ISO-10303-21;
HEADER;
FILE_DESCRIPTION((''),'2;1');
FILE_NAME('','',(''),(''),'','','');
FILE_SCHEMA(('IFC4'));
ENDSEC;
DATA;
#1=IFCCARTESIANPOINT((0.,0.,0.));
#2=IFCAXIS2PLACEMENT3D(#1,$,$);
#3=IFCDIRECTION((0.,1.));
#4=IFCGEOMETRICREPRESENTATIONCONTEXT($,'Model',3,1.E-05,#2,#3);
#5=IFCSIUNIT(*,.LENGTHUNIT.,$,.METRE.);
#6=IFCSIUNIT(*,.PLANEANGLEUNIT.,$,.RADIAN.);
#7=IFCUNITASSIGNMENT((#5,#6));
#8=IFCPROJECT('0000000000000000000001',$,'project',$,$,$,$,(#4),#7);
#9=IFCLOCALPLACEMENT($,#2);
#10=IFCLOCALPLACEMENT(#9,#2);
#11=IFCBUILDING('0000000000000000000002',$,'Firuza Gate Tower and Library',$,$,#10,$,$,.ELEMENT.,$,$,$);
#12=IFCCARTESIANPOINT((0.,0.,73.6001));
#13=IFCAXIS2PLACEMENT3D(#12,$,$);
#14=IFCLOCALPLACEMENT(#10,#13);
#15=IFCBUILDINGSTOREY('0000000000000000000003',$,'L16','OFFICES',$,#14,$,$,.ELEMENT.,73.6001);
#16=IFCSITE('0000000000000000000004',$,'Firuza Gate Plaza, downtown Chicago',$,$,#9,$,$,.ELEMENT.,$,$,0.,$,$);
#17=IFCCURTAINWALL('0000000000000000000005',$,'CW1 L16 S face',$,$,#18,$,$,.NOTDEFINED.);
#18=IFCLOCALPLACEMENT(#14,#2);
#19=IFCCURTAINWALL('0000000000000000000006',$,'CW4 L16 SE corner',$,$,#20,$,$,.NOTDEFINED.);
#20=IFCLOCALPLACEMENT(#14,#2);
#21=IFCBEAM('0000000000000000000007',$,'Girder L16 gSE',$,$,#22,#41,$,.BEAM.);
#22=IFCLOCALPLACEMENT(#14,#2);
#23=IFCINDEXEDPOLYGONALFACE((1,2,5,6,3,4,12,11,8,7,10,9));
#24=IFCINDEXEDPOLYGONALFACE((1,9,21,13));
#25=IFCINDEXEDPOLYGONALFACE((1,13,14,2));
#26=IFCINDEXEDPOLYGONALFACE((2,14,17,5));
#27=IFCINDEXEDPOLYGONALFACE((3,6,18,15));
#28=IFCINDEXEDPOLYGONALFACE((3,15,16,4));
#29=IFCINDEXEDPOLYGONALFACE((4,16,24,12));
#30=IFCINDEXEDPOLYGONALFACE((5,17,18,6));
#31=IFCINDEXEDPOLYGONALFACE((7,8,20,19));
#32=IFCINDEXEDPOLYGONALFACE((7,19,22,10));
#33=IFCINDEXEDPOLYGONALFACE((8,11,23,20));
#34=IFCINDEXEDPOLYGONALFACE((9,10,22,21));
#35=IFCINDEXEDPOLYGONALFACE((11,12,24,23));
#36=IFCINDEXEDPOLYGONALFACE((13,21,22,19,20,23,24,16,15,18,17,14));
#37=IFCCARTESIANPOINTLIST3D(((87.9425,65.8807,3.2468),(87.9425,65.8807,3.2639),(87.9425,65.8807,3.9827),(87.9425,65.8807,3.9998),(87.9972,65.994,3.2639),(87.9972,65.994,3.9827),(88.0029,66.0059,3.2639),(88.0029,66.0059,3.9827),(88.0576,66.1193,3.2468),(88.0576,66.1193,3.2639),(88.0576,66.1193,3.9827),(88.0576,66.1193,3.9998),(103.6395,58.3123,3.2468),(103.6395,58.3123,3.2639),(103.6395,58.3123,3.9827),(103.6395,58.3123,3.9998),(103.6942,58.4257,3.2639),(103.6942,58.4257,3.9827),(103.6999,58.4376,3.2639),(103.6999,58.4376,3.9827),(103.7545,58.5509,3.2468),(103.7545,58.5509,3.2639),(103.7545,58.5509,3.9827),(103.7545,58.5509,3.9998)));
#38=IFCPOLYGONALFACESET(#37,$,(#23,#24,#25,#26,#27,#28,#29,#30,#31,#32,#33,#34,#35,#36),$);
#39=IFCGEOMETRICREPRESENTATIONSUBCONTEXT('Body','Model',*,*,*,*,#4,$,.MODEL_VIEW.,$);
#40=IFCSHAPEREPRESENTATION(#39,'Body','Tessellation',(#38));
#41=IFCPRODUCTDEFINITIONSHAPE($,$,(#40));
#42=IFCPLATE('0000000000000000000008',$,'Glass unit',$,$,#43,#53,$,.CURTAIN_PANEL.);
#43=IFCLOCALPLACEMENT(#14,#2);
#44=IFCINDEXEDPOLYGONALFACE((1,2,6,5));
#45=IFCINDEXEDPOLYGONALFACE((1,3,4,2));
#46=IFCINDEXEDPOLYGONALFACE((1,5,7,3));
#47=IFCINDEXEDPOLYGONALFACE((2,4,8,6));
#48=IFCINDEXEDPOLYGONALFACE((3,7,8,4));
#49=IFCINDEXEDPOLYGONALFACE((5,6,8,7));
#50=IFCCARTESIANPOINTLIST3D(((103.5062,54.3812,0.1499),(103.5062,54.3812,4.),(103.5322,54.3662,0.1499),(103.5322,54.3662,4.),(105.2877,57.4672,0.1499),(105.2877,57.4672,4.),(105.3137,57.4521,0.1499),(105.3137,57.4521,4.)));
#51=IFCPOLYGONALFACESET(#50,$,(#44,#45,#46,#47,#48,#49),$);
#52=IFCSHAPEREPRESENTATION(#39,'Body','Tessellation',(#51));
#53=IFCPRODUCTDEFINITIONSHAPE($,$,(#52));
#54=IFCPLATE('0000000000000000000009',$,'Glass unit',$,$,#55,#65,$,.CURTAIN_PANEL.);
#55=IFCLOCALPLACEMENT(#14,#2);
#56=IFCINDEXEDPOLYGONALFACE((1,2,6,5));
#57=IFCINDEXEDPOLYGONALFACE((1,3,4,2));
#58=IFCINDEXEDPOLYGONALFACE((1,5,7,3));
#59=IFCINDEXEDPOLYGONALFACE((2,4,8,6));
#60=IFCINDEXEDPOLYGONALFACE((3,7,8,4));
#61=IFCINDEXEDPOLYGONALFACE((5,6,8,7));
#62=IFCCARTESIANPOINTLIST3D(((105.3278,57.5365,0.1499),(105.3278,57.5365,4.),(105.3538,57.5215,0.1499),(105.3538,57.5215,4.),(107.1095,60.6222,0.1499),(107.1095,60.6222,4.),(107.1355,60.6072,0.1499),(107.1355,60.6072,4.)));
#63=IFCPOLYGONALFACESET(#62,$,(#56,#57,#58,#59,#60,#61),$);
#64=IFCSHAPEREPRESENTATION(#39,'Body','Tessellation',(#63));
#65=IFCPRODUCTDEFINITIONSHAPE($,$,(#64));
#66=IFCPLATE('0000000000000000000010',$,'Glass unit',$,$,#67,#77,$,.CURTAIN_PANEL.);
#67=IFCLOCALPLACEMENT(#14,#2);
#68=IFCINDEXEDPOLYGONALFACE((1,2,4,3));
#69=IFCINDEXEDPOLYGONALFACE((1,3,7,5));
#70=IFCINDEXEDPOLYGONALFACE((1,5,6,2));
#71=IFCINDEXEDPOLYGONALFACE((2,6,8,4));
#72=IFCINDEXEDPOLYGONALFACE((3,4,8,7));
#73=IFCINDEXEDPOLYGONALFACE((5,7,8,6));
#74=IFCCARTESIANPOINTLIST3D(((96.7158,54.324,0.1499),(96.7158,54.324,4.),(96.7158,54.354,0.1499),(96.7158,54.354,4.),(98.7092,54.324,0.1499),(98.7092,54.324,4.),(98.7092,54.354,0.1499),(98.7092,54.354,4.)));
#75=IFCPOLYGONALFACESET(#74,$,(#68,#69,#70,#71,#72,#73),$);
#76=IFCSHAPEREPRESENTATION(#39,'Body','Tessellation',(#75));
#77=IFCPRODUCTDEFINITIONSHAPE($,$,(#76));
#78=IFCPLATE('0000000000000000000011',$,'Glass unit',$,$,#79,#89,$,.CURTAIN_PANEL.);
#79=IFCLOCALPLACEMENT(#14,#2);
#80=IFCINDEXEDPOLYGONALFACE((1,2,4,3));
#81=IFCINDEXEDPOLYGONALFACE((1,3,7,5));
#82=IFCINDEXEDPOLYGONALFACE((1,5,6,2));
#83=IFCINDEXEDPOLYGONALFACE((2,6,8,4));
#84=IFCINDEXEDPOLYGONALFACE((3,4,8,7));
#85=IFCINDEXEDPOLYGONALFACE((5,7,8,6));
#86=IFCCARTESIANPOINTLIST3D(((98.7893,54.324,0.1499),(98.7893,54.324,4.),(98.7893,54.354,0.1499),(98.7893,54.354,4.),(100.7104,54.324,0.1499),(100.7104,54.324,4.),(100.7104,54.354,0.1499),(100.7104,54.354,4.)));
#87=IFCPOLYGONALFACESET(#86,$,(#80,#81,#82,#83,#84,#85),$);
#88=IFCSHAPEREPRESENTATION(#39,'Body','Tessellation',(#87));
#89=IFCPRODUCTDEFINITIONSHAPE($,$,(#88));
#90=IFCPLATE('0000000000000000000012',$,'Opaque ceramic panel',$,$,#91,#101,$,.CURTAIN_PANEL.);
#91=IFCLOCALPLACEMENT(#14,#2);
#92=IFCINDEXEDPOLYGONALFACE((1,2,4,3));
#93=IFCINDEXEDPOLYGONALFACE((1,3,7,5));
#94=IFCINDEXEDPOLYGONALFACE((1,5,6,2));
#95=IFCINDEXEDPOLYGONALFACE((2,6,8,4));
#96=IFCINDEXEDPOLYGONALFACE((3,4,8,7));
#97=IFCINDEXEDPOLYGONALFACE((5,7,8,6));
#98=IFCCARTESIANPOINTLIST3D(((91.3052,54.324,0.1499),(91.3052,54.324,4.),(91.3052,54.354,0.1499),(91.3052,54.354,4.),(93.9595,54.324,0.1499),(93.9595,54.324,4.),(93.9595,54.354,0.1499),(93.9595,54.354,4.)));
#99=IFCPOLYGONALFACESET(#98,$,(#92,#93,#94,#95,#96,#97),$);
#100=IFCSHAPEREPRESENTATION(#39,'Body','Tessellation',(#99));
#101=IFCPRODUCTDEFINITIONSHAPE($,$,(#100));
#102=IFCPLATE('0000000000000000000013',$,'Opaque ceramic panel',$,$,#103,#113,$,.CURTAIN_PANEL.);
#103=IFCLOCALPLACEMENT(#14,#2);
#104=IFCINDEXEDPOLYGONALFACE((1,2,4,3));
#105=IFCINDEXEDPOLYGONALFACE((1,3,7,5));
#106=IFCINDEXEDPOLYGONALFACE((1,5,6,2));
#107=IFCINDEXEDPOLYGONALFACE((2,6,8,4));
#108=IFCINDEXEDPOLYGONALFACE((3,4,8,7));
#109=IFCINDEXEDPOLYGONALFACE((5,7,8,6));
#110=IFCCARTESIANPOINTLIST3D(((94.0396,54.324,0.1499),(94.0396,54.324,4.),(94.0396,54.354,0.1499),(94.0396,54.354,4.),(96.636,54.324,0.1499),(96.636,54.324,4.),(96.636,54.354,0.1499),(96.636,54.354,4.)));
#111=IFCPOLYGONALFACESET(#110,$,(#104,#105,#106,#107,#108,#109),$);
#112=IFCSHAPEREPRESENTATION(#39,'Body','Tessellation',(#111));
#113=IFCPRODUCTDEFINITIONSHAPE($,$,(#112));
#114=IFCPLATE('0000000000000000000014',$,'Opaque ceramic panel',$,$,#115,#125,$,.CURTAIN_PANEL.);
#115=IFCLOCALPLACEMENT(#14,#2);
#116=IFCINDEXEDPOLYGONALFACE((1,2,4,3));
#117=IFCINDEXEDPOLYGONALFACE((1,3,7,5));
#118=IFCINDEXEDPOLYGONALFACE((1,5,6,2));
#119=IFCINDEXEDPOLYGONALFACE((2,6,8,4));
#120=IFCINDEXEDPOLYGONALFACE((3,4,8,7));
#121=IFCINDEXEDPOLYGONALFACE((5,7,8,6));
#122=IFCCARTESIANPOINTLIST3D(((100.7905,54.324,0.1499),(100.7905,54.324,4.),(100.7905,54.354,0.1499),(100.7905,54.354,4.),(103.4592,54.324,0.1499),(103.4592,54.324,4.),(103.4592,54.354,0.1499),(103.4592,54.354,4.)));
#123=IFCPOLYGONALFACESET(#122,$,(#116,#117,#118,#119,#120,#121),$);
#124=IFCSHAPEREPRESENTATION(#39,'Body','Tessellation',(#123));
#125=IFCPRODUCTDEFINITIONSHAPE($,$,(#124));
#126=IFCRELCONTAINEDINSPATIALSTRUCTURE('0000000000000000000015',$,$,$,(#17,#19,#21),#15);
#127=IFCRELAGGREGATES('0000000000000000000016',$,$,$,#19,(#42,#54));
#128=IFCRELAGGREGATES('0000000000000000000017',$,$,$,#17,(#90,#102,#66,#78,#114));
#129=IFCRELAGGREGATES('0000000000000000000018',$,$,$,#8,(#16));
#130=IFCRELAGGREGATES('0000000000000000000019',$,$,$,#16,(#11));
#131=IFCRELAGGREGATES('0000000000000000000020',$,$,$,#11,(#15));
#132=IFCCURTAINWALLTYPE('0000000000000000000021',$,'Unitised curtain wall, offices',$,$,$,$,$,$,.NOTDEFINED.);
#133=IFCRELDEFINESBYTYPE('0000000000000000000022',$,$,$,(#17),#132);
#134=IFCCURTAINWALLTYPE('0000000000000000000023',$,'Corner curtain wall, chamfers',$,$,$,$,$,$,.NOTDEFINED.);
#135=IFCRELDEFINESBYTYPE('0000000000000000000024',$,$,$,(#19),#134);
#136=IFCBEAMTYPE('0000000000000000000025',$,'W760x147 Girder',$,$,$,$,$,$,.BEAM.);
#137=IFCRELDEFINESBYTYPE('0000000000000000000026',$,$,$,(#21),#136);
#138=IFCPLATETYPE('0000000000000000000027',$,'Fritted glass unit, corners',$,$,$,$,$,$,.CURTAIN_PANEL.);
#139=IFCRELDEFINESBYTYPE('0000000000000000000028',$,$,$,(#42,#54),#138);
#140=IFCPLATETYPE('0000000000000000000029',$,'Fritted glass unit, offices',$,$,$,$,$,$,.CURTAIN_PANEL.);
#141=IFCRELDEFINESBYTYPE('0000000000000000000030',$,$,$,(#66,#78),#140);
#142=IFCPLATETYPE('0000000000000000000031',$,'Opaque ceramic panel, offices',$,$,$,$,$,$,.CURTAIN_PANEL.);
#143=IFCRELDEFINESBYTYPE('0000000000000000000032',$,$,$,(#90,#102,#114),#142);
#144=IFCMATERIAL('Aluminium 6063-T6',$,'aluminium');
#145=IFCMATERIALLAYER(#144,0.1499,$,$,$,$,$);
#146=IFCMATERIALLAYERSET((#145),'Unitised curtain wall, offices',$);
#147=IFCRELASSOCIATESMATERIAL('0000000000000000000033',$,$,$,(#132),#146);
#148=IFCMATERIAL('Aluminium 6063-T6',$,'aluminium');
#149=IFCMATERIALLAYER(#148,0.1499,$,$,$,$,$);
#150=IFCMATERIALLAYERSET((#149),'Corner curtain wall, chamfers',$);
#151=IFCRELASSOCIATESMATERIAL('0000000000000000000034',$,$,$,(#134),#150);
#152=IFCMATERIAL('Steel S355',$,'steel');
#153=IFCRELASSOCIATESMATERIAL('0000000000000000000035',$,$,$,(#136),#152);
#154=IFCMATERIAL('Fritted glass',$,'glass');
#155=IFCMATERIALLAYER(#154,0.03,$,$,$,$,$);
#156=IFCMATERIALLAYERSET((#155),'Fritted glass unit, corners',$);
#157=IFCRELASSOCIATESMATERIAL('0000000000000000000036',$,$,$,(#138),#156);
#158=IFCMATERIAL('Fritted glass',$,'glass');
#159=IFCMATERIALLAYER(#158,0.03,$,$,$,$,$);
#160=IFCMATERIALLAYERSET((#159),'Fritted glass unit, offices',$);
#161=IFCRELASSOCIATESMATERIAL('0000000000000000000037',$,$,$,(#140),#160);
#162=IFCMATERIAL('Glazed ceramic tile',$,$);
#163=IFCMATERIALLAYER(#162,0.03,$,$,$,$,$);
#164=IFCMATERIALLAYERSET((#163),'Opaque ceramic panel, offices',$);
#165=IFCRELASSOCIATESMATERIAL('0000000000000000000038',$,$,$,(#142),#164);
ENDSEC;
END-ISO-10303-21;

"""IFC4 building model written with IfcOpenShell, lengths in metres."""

from ifc_helpers import new_model, si_unit, direction, frame, origin, origin_2d, place, context, subcontext, project, spatial, polyline, i_section, outline, extrude, material, layer, layer_set, material_profile, profile_set, type_object, element, aggregate, save


model = new_model("IFC4")

# Units and contexts
model_context = context("Model", 3, precision=1e-05, world=origin(), true_north=direction((0.0, 1.0)))
body_context = subcontext(model_context, "Body", "Model", "MODEL_VIEW")
ifc_project = project(units=[si_unit("LENGTHUNIT", "METRE"), si_unit("PLANEANGLEUNIT", "RADIAN")], contexts=[model_context])

# Site, building, storey
site_placement = place(None, origin())
site = spatial("IfcSite", under=ifc_project, at=site_placement, Name="Firuza Gate Plaza, downtown Chicago", CompositionType="ELEMENT", RefElevation=0.0)
building_placement = place(site_placement, origin())
building = spatial("IfcBuilding", under=site, at=building_placement, Name="Firuza Gate Tower and Library", CompositionType="ELEMENT")
storey_placement = place(building_placement, frame((0.0, 0.0, 73.6001)))
storey = spatial("IfcBuildingStorey", under=building, at=storey_placement, Name="L16", Description="OFFICES", CompositionType="ELEMENT", Elevation=73.6001)

# Curtain walls
ifc_material_1 = material(Name="Aluminium 6063-T6", Category="aluminium")
ifc_layer_1 = layer(ifc_material_1, 0.1499)
ifc_layer_set_1 = layer_set([ifc_layer_1], Name="Unitised curtain wall, offices")
curtain_wall_type_1 = type_object("IfcCurtainWallType", Name="Unitised curtain wall, offices", PredefinedType="NOTDEFINED", material=ifc_layer_set_1)
placement = place(storey_placement, origin())
curtain_wall_1 = element("IfcCurtainWall", 1, at=placement, inside=storey, type_object=curtain_wall_type_1, Name="CW1 L16 S face", PredefinedType="NOTDEFINED")
ifc_material_2 = material(Name="Aluminium 6063-T6", Category="aluminium")
ifc_layer_2 = layer(ifc_material_2, 0.1499)
ifc_layer_set_2 = layer_set([ifc_layer_2], Name="Corner curtain wall, chamfers")
curtain_wall_type_2 = type_object("IfcCurtainWallType", Name="Corner curtain wall, chamfers", PredefinedType="NOTDEFINED", material=ifc_layer_set_2)
curtain_wall_2 = element("IfcCurtainWall", 2, at=placement, inside=storey, type_object=curtain_wall_type_2, Name="CW4 L16 SE corner", PredefinedType="NOTDEFINED")

# Beam
ifc_material_3 = material(Name="Steel S355", Category="steel")
ifc_material_profile_1 = material_profile(ifc_material_3, i_section(OverallWidth=0.2649, OverallDepth=0.7529, WebThickness=0.0132, FlangeThickness=0.0171, at=origin_2d()))
ifc_profile_set_1 = profile_set([ifc_material_profile_1], Name="Steel S355")
beam_type_1 = type_object("IfcBeamType", Name="W760x147 Girder", PredefinedType="BEAM", material=ifc_profile_set_1)
beam_1_placement = place(storey_placement, frame((103.697, 58.4316, 3.6233), z_axis=(-0.900765, 0.434306, 0.0), x_axis=(-0.434306, -0.900765, 0.0)))
element("IfcBeam", 3, at=beam_1_placement, inside=storey, type_object=beam_type_1, Name="Girder L16 gSE", PredefinedType="BEAM", context=body_context, shape_type="SweptSolid", body=[
    extrude(i_section(OverallWidth=0.2649, OverallDepth=0.7529, WebThickness=0.0132, FlangeThickness=0.0171, at=origin_2d()), origin(), (0.0, 0.0, 1.0), 17.4263),
])

# Plates
ifc_material_4 = material(Name="Fritted glass", Category="glass")
ifc_layer_3 = layer(ifc_material_4, 0.03)
ifc_layer_set_3 = layer_set([ifc_layer_3], Name="Fritted glass unit, corners")
plate_type_1 = type_object("IfcPlateType", Name="Fritted glass unit, corners", PredefinedType="CURTAIN_PANEL", material=ifc_layer_set_3)
plate_1_placement = place(storey_placement, frame((103.5322, 54.3662, 0.1499), z_axis=(0.866046, -0.499964, 0.0), x_axis=(0.499964, 0.866046, 0.0)))
plate_1 = element("IfcPlate", 4, at=plate_1_placement, type_object=plate_type_1, Name="Glass unit", PredefinedType="CURTAIN_PANEL", context=body_context, shape_type="SweptSolid", body=[
    extrude(outline(polyline([(0.0, 0.0), (3.5632, 0.0), (3.5632, 3.8501), (0.0, 3.8501), (0.0, 0.0)])), origin(), (0.0, 0.0, -1.0), 0.03),
])
plate_2_placement = place(storey_placement, frame((105.3538, 57.5215, 0.1499), z_axis=(0.866, -0.500045, 0.0), x_axis=(0.500045, 0.866, 0.0)))
plate_2 = element("IfcPlate", 5, at=plate_2_placement, type_object=plate_type_1, Name="Glass unit", PredefinedType="CURTAIN_PANEL", context=body_context, shape_type="SweptSolid", body=[
    extrude(outline(polyline([(0.0, 0.0), (3.5632, 0.0), (3.5632, 3.8501), (0.0, 3.8501), (0.0, 0.0)])), origin(), (0.0, 0.0, -1.0), 0.03),
])
aggregate(curtain_wall_2, [plate_1, plate_2])
ifc_material_5 = material(Name="Fritted glass", Category="glass")
ifc_layer_4 = layer(ifc_material_5, 0.03)
ifc_layer_set_4 = layer_set([ifc_layer_4], Name="Fritted glass unit, offices")
plate_type_2 = type_object("IfcPlateType", Name="Fritted glass unit, offices", PredefinedType="CURTAIN_PANEL", material=ifc_layer_set_4)
plate_3_placement = place(storey_placement, frame((96.7158, 54.324, 0.1499), z_axis=(0.0, -1.0, 0.0), x_axis=(1.0, 0.0, 0.0)))
plate_3 = element("IfcPlate", 6, at=plate_3_placement, type_object=plate_type_2, Name="Glass unit", PredefinedType="CURTAIN_PANEL", context=body_context, shape_type="SweptSolid", body=[
    extrude(outline(polyline([(0.0, 0.0), (1.9934, 0.0), (1.9934, 3.8501), (0.0, 3.8501), (0.0, 0.0)])), origin(), (0.0, 0.0, -1.0), 0.03),
])
plate_4_placement = place(storey_placement, frame((98.7893, 54.324, 0.1499), z_axis=(0.0, -1.0, 0.0), x_axis=(1.0, 0.0, 0.0)))
plate_4 = element("IfcPlate", 7, at=plate_4_placement, type_object=plate_type_2, Name="Glass unit", PredefinedType="CURTAIN_PANEL", context=body_context, shape_type="SweptSolid", body=[
    extrude(outline(polyline([(0.0, 0.0), (1.9211, 0.0), (1.9211, 3.8501), (0.0, 3.8501), (0.0, 0.0)])), origin(), (0.0, 0.0, -1.0), 0.03),
])
ifc_material_6 = material(Name="Glazed ceramic tile")
ifc_layer_5 = layer(ifc_material_6, 0.03)
ifc_layer_set_5 = layer_set([ifc_layer_5], Name="Opaque ceramic panel, offices")
plate_type_3 = type_object("IfcPlateType", Name="Opaque ceramic panel, offices", PredefinedType="CURTAIN_PANEL", material=ifc_layer_set_5)
plate_5_placement = place(storey_placement, frame((91.3052, 54.324, 0.1499), z_axis=(0.0, -1.0, 0.0), x_axis=(1.0, 0.0, 0.0)))
plate_5 = element("IfcPlate", 8, at=plate_5_placement, type_object=plate_type_3, Name="Opaque ceramic panel", PredefinedType="CURTAIN_PANEL", context=body_context, shape_type="SweptSolid", body=[
    extrude(outline(polyline([(0.0, 0.0), (2.6543, 0.0), (2.6543, 3.8501), (0.0, 3.8501), (0.0, 0.0)])), origin(), (0.0, 0.0, -1.0), 0.03),
])
plate_6_placement = place(storey_placement, frame((94.0396, 54.324, 0.1499), z_axis=(0.0, -1.0, 0.0), x_axis=(1.0, 0.0, 0.0)))
plate_6 = element("IfcPlate", 9, at=plate_6_placement, type_object=plate_type_3, Name="Opaque ceramic panel", PredefinedType="CURTAIN_PANEL", context=body_context, shape_type="SweptSolid", body=[
    extrude(outline(polyline([(0.0, 0.0), (2.5964, 0.0), (2.5964, 3.8501), (0.0, 3.8501), (0.0, 0.0)])), origin(), (0.0, 0.0, -1.0), 0.03),
])
plate_7_placement = place(storey_placement, frame((100.7905, 54.324, 0.1499), z_axis=(0.0, -1.0, 0.0), x_axis=(1.0, 0.0, 0.0)))
plate_7 = element("IfcPlate", 10, at=plate_7_placement, type_object=plate_type_3, Name="Opaque ceramic panel", PredefinedType="CURTAIN_PANEL", context=body_context, shape_type="SweptSolid", body=[
    extrude(outline(polyline([(0.0, 0.0), (2.6687, 0.0), (2.6687, 3.8501), (0.0, 3.8501), (0.0, 0.0)])), origin(), (0.0, 0.0, -1.0), 0.03),
])
aggregate(curtain_wall_1, [plate_5, plate_6, plate_3, plate_4, plate_7])

save(model, "model.ifc")
